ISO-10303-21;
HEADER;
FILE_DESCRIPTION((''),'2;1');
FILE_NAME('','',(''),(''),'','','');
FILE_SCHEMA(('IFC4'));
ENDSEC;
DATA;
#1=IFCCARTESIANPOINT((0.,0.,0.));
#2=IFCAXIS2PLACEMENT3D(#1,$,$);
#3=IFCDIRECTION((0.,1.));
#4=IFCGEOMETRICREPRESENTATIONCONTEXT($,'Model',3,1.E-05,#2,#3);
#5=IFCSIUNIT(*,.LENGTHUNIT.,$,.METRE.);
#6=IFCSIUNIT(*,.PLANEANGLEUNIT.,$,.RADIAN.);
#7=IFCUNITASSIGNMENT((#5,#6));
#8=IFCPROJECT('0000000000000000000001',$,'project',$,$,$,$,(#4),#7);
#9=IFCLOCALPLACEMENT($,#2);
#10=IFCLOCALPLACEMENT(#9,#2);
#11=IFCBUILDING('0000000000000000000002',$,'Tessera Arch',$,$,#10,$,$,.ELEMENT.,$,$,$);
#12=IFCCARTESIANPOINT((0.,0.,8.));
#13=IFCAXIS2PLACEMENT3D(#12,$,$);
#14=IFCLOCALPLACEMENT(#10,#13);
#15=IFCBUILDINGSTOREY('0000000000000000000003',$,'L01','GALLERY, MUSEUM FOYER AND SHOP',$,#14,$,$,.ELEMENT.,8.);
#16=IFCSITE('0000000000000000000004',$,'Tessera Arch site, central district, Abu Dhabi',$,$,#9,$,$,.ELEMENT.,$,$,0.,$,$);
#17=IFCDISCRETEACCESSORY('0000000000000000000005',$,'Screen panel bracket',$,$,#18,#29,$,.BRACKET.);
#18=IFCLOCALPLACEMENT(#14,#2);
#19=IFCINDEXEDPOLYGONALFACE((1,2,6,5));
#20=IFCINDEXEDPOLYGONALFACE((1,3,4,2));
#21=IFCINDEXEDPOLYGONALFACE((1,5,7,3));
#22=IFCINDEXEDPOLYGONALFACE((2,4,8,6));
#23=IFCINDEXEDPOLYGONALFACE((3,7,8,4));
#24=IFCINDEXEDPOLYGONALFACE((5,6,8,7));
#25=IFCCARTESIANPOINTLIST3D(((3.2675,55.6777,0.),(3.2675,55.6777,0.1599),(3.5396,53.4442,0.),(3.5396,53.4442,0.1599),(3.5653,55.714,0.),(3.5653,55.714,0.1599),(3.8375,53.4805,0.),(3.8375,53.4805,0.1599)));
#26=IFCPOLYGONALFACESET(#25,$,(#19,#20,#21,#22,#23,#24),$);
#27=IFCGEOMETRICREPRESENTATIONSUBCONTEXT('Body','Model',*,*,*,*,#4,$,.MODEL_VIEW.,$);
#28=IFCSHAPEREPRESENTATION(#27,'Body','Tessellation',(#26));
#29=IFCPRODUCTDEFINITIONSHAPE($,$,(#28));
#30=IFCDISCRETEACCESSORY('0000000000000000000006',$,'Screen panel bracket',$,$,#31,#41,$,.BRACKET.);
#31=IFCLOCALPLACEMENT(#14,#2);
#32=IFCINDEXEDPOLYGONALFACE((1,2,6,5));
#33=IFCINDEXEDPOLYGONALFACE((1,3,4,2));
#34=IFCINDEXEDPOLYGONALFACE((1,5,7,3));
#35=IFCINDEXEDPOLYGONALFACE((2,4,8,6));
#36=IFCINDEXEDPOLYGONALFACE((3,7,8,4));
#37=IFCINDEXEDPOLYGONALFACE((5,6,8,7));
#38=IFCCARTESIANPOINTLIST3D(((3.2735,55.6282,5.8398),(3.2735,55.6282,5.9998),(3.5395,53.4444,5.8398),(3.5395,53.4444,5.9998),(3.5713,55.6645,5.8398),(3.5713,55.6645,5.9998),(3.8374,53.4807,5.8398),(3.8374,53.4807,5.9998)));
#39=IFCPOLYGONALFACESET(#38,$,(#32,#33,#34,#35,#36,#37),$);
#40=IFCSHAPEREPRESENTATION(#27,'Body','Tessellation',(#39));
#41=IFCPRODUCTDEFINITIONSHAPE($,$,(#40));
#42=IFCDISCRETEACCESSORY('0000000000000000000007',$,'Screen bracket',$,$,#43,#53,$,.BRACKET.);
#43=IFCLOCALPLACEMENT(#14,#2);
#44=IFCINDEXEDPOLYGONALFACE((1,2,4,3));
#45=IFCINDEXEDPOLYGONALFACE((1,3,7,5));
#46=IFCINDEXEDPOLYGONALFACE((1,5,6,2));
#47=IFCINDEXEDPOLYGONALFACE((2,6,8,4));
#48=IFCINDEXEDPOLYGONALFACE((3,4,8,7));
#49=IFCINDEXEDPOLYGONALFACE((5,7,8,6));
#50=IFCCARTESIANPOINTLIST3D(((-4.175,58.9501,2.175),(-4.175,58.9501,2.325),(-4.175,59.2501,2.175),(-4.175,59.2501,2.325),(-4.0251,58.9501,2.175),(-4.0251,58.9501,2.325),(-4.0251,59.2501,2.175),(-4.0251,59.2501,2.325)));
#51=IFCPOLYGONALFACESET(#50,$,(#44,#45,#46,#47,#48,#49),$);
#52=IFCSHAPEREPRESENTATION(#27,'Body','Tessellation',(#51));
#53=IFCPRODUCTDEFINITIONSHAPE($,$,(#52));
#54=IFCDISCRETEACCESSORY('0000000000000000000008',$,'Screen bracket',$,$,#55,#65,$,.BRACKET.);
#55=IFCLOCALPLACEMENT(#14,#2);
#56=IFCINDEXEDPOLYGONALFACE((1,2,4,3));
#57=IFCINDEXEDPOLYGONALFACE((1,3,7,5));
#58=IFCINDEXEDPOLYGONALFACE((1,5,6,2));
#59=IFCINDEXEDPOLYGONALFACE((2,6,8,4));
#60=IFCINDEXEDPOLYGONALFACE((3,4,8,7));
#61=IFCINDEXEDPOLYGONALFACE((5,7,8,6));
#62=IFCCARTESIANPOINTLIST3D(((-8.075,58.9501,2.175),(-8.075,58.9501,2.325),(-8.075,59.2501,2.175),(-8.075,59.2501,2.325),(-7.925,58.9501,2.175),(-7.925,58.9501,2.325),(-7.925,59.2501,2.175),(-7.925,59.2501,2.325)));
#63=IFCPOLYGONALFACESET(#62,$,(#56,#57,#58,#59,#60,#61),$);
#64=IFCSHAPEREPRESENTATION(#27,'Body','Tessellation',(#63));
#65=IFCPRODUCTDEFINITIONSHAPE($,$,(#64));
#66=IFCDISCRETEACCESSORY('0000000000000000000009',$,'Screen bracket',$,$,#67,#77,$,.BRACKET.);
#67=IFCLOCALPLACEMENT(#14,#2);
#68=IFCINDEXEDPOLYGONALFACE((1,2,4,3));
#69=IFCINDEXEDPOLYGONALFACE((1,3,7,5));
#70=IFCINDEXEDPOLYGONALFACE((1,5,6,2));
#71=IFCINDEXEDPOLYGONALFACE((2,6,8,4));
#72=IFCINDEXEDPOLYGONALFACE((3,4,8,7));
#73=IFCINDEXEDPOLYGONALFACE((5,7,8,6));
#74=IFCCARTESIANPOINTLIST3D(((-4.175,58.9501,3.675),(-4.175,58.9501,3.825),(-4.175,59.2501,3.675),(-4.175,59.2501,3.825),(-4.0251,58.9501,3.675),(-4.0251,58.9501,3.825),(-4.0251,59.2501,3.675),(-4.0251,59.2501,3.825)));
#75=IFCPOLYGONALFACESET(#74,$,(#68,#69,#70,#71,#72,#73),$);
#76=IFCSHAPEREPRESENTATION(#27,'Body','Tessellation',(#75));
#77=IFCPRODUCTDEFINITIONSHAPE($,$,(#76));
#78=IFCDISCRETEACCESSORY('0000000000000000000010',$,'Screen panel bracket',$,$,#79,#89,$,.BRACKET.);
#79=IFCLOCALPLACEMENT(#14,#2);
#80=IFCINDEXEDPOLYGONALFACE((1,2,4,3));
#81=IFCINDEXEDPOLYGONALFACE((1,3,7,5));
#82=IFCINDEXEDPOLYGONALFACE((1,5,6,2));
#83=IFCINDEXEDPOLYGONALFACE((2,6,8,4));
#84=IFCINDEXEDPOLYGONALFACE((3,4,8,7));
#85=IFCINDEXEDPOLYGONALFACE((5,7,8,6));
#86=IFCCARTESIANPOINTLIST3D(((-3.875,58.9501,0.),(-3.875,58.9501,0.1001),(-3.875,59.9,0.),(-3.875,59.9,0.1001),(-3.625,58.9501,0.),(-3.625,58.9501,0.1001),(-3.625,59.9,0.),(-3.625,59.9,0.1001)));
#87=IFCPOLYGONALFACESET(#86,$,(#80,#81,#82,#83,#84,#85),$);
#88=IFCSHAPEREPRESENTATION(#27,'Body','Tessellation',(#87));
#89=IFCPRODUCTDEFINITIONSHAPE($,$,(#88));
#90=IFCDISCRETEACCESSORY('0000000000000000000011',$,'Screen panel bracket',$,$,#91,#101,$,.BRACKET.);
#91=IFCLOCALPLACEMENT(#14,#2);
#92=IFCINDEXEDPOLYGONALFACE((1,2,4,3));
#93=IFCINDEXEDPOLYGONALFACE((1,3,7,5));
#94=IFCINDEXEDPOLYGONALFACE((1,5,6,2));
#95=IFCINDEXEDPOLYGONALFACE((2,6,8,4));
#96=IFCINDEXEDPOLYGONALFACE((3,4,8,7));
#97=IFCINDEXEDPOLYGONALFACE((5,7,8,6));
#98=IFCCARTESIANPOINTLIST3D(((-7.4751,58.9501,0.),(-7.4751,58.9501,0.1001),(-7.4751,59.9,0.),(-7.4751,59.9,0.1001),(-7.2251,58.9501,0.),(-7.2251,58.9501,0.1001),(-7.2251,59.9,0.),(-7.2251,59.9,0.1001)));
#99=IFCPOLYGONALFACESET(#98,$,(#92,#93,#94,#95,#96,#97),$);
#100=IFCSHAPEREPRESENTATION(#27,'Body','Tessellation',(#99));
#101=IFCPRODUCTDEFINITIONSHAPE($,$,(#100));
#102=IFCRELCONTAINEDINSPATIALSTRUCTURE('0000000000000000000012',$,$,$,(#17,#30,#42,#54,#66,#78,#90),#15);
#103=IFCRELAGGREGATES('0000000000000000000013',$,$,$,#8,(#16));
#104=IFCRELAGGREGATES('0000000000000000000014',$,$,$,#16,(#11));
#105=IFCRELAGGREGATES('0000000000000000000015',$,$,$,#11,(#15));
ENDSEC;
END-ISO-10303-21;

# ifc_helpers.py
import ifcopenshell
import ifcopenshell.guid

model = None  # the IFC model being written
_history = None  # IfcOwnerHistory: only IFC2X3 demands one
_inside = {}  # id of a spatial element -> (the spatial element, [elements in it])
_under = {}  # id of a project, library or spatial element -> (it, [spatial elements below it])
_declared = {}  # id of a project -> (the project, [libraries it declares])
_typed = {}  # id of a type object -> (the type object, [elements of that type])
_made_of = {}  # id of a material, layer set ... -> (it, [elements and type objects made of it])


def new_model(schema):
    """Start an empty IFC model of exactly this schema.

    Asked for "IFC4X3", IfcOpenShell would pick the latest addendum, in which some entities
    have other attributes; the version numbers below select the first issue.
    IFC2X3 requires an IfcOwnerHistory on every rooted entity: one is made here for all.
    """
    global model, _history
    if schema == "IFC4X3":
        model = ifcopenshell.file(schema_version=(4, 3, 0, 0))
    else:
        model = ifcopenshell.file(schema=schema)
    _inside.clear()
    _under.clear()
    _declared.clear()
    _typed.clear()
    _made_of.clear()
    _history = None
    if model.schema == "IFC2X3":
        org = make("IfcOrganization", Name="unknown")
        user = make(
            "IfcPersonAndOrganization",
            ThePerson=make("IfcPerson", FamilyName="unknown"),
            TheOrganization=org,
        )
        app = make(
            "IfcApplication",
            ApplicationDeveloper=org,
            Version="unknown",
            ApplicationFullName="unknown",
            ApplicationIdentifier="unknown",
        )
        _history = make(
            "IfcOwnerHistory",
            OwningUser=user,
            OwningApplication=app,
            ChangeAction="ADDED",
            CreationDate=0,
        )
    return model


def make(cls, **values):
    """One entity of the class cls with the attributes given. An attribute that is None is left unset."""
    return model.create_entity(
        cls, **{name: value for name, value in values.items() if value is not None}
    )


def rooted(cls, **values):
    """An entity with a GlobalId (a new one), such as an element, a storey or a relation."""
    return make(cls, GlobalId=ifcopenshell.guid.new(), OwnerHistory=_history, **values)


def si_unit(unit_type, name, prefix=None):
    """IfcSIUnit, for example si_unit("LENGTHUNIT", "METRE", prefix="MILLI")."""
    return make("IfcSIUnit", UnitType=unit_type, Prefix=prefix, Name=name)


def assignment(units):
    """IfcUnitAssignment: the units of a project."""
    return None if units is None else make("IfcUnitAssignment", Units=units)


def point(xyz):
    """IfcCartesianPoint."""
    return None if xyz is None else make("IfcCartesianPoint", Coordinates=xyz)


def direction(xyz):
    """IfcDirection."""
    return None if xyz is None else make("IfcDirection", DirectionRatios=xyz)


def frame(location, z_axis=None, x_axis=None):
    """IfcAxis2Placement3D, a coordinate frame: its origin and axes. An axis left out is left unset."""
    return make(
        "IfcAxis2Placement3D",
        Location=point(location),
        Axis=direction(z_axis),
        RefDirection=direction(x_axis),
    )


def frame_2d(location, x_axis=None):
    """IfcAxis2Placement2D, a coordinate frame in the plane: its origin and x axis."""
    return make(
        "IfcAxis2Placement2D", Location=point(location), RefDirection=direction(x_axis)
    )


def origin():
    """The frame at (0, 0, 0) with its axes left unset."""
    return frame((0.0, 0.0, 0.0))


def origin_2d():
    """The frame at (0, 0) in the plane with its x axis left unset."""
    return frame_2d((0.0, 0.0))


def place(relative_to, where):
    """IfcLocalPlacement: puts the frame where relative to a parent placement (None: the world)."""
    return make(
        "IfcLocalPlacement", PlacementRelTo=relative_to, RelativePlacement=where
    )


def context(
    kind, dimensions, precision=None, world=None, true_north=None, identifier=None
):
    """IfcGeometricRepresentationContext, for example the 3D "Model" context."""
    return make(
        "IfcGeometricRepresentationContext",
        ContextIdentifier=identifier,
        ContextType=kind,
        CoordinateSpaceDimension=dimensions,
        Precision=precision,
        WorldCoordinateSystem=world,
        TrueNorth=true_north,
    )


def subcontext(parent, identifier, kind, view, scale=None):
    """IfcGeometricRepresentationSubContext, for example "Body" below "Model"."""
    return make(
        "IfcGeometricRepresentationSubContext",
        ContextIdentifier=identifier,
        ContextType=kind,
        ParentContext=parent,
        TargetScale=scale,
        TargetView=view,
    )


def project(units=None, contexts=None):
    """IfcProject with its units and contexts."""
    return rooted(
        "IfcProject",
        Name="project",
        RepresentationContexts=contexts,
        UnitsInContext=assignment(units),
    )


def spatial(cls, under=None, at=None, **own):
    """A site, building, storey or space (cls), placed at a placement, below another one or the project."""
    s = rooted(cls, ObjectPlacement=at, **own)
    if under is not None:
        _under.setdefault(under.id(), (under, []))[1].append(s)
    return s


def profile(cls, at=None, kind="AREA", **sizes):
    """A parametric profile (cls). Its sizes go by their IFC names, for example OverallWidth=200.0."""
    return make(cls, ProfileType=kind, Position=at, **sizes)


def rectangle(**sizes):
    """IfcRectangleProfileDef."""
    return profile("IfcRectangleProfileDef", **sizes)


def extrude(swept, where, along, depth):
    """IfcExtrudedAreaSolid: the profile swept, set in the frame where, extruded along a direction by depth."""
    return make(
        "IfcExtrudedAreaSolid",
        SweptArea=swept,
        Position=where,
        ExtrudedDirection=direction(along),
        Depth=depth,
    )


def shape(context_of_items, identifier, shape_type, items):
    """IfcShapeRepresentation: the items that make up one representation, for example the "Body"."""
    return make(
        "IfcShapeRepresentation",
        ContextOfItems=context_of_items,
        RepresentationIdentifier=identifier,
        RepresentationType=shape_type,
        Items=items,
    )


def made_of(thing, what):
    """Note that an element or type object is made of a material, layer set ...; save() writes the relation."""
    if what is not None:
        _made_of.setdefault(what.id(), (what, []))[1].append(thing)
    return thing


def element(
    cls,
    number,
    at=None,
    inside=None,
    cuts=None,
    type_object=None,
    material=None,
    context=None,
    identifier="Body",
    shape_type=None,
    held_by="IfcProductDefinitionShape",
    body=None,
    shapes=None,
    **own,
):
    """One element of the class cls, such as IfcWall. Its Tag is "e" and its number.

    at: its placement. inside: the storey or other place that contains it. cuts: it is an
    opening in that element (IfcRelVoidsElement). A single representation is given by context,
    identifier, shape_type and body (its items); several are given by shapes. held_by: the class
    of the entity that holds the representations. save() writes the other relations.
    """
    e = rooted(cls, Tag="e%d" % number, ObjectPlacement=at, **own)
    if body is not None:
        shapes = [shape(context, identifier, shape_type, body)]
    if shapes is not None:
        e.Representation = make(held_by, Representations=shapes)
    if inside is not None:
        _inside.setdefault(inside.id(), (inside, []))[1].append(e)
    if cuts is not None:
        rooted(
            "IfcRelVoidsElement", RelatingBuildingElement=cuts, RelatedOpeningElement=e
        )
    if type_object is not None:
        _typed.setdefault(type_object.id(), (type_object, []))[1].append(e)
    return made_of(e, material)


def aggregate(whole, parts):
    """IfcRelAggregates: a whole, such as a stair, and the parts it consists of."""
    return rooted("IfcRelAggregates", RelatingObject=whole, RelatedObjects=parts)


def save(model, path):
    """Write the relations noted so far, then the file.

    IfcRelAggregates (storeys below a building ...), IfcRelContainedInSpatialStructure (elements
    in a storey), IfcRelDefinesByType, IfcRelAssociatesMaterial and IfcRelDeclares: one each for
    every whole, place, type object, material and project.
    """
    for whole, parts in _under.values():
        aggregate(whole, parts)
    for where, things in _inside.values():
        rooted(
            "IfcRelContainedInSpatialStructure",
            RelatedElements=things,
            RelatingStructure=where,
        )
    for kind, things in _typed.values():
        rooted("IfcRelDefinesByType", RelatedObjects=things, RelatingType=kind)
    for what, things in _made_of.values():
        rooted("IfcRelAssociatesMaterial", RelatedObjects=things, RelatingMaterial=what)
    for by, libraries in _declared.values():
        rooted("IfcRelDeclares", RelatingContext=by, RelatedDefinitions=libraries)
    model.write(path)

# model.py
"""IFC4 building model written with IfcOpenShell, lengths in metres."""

from ifc_helpers import new_model, si_unit, direction, frame, origin, origin_2d, place, context, subcontext, project, spatial, rectangle, extrude, element, save


model = new_model("IFC4")

# Units and contexts
model_context = context("Model", 3, precision=1e-05, world=origin(), true_north=direction((0.0, 1.0)))
body_context = subcontext(model_context, "Body", "Model", "MODEL_VIEW")
ifc_project = project(units=[si_unit("LENGTHUNIT", "METRE"), si_unit("PLANEANGLEUNIT", "RADIAN")], contexts=[model_context])

# Site, building, storey
site_placement = place(None, origin())
site = spatial("IfcSite", under=ifc_project, at=site_placement, Name="Tessera Arch site, central district, Abu Dhabi", CompositionType="ELEMENT", RefElevation=0.0)
building_placement = place(site_placement, origin())
building = spatial("IfcBuilding", under=site, at=building_placement, Name="Tessera Arch", CompositionType="ELEMENT")
storey_placement = place(building_placement, frame((0.0, 0.0, 8.0)))
storey = spatial("IfcBuildingStorey", under=building, at=storey_placement, Name="L01", Description="GALLERY, MUSEUM FOYER AND SHOP", CompositionType="ELEMENT", Elevation=8.0)

# Discrete accessories
discrete_accessory_1_placement = place(storey_placement, frame((3.5525, 54.5791, 0.0), z_axis=(0.0, 0.0, 1.0), x_axis=(-0.120951, 0.992658, 0.0)))
element("IfcDiscreteAccessory", 1, at=discrete_accessory_1_placement, inside=storey, Name="Screen panel bracket", PredefinedType="BRACKET", context=body_context, shape_type="SweptSolid", body=[
    extrude(rectangle(XDim=2.25, YDim=0.3, at=origin_2d()), origin(), (0.0, 0.0, 1.0), 0.1599),
])
discrete_accessory_2_placement = place(storey_placement, frame((3.5554, 54.5544, 5.8398), z_axis=(0.0, 0.0, 1.0), x_axis=(-0.120951, 0.992658, 0.0)))
element("IfcDiscreteAccessory", 2, at=discrete_accessory_2_placement, inside=storey, Name="Screen panel bracket", PredefinedType="BRACKET", context=body_context, shape_type="SweptSolid", body=[
    extrude(rectangle(XDim=2.2, YDim=0.3, at=origin_2d()), origin(), (0.0, 0.0, 1.0), 0.1599),
])
for number, where, z_axis, x_axis, name in (
    (3, (-4.1001, 59.1001, 2.175), (0.0, 0.0, 1.0), (0.0, 1.0, 0.0), "Screen bracket"),
    (4, (-8.0, 59.1001, 2.175), (0.0, 0.0, 1.0), (0.0, 1.0, 0.0), "Screen bracket"),
    (5, (-4.1001, 59.1001, 3.675), (0.0, 0.0, 1.0), (0.0, 1.0, 0.0), "Screen bracket"),
):
    element("IfcDiscreteAccessory", number, at=place(storey_placement, frame(where, z_axis=z_axis, x_axis=x_axis)), inside=storey, Name=name, PredefinedType="BRACKET", context=body_context, shape_type="SweptSolid", body=[
        extrude(rectangle(XDim=0.3, YDim=0.1499, at=origin_2d()), origin(), (0.0, 0.0, 1.0), 0.1499),
    ])
for number, where, z_axis, x_axis, name in (
    (6, (-3.75, 59.425, 0.0), (0.0, 0.0, 1.0), (0.0, 1.0, 0.0), "Screen panel bracket"),
    (7, (-7.3501, 59.425, 0.0), (0.0, 0.0, 1.0), (0.0, 1.0, 0.0), "Screen panel bracket"),
):
    element("IfcDiscreteAccessory", number, at=place(storey_placement, frame(where, z_axis=z_axis, x_axis=x_axis)), inside=storey, Name=name, PredefinedType="BRACKET", context=body_context, shape_type="SweptSolid", body=[
        extrude(rectangle(XDim=0.95, YDim=0.25, at=origin_2d()), origin(), (0.0, 0.0, 1.0), 0.1001),
    ])

save(model, "model.ifc")
